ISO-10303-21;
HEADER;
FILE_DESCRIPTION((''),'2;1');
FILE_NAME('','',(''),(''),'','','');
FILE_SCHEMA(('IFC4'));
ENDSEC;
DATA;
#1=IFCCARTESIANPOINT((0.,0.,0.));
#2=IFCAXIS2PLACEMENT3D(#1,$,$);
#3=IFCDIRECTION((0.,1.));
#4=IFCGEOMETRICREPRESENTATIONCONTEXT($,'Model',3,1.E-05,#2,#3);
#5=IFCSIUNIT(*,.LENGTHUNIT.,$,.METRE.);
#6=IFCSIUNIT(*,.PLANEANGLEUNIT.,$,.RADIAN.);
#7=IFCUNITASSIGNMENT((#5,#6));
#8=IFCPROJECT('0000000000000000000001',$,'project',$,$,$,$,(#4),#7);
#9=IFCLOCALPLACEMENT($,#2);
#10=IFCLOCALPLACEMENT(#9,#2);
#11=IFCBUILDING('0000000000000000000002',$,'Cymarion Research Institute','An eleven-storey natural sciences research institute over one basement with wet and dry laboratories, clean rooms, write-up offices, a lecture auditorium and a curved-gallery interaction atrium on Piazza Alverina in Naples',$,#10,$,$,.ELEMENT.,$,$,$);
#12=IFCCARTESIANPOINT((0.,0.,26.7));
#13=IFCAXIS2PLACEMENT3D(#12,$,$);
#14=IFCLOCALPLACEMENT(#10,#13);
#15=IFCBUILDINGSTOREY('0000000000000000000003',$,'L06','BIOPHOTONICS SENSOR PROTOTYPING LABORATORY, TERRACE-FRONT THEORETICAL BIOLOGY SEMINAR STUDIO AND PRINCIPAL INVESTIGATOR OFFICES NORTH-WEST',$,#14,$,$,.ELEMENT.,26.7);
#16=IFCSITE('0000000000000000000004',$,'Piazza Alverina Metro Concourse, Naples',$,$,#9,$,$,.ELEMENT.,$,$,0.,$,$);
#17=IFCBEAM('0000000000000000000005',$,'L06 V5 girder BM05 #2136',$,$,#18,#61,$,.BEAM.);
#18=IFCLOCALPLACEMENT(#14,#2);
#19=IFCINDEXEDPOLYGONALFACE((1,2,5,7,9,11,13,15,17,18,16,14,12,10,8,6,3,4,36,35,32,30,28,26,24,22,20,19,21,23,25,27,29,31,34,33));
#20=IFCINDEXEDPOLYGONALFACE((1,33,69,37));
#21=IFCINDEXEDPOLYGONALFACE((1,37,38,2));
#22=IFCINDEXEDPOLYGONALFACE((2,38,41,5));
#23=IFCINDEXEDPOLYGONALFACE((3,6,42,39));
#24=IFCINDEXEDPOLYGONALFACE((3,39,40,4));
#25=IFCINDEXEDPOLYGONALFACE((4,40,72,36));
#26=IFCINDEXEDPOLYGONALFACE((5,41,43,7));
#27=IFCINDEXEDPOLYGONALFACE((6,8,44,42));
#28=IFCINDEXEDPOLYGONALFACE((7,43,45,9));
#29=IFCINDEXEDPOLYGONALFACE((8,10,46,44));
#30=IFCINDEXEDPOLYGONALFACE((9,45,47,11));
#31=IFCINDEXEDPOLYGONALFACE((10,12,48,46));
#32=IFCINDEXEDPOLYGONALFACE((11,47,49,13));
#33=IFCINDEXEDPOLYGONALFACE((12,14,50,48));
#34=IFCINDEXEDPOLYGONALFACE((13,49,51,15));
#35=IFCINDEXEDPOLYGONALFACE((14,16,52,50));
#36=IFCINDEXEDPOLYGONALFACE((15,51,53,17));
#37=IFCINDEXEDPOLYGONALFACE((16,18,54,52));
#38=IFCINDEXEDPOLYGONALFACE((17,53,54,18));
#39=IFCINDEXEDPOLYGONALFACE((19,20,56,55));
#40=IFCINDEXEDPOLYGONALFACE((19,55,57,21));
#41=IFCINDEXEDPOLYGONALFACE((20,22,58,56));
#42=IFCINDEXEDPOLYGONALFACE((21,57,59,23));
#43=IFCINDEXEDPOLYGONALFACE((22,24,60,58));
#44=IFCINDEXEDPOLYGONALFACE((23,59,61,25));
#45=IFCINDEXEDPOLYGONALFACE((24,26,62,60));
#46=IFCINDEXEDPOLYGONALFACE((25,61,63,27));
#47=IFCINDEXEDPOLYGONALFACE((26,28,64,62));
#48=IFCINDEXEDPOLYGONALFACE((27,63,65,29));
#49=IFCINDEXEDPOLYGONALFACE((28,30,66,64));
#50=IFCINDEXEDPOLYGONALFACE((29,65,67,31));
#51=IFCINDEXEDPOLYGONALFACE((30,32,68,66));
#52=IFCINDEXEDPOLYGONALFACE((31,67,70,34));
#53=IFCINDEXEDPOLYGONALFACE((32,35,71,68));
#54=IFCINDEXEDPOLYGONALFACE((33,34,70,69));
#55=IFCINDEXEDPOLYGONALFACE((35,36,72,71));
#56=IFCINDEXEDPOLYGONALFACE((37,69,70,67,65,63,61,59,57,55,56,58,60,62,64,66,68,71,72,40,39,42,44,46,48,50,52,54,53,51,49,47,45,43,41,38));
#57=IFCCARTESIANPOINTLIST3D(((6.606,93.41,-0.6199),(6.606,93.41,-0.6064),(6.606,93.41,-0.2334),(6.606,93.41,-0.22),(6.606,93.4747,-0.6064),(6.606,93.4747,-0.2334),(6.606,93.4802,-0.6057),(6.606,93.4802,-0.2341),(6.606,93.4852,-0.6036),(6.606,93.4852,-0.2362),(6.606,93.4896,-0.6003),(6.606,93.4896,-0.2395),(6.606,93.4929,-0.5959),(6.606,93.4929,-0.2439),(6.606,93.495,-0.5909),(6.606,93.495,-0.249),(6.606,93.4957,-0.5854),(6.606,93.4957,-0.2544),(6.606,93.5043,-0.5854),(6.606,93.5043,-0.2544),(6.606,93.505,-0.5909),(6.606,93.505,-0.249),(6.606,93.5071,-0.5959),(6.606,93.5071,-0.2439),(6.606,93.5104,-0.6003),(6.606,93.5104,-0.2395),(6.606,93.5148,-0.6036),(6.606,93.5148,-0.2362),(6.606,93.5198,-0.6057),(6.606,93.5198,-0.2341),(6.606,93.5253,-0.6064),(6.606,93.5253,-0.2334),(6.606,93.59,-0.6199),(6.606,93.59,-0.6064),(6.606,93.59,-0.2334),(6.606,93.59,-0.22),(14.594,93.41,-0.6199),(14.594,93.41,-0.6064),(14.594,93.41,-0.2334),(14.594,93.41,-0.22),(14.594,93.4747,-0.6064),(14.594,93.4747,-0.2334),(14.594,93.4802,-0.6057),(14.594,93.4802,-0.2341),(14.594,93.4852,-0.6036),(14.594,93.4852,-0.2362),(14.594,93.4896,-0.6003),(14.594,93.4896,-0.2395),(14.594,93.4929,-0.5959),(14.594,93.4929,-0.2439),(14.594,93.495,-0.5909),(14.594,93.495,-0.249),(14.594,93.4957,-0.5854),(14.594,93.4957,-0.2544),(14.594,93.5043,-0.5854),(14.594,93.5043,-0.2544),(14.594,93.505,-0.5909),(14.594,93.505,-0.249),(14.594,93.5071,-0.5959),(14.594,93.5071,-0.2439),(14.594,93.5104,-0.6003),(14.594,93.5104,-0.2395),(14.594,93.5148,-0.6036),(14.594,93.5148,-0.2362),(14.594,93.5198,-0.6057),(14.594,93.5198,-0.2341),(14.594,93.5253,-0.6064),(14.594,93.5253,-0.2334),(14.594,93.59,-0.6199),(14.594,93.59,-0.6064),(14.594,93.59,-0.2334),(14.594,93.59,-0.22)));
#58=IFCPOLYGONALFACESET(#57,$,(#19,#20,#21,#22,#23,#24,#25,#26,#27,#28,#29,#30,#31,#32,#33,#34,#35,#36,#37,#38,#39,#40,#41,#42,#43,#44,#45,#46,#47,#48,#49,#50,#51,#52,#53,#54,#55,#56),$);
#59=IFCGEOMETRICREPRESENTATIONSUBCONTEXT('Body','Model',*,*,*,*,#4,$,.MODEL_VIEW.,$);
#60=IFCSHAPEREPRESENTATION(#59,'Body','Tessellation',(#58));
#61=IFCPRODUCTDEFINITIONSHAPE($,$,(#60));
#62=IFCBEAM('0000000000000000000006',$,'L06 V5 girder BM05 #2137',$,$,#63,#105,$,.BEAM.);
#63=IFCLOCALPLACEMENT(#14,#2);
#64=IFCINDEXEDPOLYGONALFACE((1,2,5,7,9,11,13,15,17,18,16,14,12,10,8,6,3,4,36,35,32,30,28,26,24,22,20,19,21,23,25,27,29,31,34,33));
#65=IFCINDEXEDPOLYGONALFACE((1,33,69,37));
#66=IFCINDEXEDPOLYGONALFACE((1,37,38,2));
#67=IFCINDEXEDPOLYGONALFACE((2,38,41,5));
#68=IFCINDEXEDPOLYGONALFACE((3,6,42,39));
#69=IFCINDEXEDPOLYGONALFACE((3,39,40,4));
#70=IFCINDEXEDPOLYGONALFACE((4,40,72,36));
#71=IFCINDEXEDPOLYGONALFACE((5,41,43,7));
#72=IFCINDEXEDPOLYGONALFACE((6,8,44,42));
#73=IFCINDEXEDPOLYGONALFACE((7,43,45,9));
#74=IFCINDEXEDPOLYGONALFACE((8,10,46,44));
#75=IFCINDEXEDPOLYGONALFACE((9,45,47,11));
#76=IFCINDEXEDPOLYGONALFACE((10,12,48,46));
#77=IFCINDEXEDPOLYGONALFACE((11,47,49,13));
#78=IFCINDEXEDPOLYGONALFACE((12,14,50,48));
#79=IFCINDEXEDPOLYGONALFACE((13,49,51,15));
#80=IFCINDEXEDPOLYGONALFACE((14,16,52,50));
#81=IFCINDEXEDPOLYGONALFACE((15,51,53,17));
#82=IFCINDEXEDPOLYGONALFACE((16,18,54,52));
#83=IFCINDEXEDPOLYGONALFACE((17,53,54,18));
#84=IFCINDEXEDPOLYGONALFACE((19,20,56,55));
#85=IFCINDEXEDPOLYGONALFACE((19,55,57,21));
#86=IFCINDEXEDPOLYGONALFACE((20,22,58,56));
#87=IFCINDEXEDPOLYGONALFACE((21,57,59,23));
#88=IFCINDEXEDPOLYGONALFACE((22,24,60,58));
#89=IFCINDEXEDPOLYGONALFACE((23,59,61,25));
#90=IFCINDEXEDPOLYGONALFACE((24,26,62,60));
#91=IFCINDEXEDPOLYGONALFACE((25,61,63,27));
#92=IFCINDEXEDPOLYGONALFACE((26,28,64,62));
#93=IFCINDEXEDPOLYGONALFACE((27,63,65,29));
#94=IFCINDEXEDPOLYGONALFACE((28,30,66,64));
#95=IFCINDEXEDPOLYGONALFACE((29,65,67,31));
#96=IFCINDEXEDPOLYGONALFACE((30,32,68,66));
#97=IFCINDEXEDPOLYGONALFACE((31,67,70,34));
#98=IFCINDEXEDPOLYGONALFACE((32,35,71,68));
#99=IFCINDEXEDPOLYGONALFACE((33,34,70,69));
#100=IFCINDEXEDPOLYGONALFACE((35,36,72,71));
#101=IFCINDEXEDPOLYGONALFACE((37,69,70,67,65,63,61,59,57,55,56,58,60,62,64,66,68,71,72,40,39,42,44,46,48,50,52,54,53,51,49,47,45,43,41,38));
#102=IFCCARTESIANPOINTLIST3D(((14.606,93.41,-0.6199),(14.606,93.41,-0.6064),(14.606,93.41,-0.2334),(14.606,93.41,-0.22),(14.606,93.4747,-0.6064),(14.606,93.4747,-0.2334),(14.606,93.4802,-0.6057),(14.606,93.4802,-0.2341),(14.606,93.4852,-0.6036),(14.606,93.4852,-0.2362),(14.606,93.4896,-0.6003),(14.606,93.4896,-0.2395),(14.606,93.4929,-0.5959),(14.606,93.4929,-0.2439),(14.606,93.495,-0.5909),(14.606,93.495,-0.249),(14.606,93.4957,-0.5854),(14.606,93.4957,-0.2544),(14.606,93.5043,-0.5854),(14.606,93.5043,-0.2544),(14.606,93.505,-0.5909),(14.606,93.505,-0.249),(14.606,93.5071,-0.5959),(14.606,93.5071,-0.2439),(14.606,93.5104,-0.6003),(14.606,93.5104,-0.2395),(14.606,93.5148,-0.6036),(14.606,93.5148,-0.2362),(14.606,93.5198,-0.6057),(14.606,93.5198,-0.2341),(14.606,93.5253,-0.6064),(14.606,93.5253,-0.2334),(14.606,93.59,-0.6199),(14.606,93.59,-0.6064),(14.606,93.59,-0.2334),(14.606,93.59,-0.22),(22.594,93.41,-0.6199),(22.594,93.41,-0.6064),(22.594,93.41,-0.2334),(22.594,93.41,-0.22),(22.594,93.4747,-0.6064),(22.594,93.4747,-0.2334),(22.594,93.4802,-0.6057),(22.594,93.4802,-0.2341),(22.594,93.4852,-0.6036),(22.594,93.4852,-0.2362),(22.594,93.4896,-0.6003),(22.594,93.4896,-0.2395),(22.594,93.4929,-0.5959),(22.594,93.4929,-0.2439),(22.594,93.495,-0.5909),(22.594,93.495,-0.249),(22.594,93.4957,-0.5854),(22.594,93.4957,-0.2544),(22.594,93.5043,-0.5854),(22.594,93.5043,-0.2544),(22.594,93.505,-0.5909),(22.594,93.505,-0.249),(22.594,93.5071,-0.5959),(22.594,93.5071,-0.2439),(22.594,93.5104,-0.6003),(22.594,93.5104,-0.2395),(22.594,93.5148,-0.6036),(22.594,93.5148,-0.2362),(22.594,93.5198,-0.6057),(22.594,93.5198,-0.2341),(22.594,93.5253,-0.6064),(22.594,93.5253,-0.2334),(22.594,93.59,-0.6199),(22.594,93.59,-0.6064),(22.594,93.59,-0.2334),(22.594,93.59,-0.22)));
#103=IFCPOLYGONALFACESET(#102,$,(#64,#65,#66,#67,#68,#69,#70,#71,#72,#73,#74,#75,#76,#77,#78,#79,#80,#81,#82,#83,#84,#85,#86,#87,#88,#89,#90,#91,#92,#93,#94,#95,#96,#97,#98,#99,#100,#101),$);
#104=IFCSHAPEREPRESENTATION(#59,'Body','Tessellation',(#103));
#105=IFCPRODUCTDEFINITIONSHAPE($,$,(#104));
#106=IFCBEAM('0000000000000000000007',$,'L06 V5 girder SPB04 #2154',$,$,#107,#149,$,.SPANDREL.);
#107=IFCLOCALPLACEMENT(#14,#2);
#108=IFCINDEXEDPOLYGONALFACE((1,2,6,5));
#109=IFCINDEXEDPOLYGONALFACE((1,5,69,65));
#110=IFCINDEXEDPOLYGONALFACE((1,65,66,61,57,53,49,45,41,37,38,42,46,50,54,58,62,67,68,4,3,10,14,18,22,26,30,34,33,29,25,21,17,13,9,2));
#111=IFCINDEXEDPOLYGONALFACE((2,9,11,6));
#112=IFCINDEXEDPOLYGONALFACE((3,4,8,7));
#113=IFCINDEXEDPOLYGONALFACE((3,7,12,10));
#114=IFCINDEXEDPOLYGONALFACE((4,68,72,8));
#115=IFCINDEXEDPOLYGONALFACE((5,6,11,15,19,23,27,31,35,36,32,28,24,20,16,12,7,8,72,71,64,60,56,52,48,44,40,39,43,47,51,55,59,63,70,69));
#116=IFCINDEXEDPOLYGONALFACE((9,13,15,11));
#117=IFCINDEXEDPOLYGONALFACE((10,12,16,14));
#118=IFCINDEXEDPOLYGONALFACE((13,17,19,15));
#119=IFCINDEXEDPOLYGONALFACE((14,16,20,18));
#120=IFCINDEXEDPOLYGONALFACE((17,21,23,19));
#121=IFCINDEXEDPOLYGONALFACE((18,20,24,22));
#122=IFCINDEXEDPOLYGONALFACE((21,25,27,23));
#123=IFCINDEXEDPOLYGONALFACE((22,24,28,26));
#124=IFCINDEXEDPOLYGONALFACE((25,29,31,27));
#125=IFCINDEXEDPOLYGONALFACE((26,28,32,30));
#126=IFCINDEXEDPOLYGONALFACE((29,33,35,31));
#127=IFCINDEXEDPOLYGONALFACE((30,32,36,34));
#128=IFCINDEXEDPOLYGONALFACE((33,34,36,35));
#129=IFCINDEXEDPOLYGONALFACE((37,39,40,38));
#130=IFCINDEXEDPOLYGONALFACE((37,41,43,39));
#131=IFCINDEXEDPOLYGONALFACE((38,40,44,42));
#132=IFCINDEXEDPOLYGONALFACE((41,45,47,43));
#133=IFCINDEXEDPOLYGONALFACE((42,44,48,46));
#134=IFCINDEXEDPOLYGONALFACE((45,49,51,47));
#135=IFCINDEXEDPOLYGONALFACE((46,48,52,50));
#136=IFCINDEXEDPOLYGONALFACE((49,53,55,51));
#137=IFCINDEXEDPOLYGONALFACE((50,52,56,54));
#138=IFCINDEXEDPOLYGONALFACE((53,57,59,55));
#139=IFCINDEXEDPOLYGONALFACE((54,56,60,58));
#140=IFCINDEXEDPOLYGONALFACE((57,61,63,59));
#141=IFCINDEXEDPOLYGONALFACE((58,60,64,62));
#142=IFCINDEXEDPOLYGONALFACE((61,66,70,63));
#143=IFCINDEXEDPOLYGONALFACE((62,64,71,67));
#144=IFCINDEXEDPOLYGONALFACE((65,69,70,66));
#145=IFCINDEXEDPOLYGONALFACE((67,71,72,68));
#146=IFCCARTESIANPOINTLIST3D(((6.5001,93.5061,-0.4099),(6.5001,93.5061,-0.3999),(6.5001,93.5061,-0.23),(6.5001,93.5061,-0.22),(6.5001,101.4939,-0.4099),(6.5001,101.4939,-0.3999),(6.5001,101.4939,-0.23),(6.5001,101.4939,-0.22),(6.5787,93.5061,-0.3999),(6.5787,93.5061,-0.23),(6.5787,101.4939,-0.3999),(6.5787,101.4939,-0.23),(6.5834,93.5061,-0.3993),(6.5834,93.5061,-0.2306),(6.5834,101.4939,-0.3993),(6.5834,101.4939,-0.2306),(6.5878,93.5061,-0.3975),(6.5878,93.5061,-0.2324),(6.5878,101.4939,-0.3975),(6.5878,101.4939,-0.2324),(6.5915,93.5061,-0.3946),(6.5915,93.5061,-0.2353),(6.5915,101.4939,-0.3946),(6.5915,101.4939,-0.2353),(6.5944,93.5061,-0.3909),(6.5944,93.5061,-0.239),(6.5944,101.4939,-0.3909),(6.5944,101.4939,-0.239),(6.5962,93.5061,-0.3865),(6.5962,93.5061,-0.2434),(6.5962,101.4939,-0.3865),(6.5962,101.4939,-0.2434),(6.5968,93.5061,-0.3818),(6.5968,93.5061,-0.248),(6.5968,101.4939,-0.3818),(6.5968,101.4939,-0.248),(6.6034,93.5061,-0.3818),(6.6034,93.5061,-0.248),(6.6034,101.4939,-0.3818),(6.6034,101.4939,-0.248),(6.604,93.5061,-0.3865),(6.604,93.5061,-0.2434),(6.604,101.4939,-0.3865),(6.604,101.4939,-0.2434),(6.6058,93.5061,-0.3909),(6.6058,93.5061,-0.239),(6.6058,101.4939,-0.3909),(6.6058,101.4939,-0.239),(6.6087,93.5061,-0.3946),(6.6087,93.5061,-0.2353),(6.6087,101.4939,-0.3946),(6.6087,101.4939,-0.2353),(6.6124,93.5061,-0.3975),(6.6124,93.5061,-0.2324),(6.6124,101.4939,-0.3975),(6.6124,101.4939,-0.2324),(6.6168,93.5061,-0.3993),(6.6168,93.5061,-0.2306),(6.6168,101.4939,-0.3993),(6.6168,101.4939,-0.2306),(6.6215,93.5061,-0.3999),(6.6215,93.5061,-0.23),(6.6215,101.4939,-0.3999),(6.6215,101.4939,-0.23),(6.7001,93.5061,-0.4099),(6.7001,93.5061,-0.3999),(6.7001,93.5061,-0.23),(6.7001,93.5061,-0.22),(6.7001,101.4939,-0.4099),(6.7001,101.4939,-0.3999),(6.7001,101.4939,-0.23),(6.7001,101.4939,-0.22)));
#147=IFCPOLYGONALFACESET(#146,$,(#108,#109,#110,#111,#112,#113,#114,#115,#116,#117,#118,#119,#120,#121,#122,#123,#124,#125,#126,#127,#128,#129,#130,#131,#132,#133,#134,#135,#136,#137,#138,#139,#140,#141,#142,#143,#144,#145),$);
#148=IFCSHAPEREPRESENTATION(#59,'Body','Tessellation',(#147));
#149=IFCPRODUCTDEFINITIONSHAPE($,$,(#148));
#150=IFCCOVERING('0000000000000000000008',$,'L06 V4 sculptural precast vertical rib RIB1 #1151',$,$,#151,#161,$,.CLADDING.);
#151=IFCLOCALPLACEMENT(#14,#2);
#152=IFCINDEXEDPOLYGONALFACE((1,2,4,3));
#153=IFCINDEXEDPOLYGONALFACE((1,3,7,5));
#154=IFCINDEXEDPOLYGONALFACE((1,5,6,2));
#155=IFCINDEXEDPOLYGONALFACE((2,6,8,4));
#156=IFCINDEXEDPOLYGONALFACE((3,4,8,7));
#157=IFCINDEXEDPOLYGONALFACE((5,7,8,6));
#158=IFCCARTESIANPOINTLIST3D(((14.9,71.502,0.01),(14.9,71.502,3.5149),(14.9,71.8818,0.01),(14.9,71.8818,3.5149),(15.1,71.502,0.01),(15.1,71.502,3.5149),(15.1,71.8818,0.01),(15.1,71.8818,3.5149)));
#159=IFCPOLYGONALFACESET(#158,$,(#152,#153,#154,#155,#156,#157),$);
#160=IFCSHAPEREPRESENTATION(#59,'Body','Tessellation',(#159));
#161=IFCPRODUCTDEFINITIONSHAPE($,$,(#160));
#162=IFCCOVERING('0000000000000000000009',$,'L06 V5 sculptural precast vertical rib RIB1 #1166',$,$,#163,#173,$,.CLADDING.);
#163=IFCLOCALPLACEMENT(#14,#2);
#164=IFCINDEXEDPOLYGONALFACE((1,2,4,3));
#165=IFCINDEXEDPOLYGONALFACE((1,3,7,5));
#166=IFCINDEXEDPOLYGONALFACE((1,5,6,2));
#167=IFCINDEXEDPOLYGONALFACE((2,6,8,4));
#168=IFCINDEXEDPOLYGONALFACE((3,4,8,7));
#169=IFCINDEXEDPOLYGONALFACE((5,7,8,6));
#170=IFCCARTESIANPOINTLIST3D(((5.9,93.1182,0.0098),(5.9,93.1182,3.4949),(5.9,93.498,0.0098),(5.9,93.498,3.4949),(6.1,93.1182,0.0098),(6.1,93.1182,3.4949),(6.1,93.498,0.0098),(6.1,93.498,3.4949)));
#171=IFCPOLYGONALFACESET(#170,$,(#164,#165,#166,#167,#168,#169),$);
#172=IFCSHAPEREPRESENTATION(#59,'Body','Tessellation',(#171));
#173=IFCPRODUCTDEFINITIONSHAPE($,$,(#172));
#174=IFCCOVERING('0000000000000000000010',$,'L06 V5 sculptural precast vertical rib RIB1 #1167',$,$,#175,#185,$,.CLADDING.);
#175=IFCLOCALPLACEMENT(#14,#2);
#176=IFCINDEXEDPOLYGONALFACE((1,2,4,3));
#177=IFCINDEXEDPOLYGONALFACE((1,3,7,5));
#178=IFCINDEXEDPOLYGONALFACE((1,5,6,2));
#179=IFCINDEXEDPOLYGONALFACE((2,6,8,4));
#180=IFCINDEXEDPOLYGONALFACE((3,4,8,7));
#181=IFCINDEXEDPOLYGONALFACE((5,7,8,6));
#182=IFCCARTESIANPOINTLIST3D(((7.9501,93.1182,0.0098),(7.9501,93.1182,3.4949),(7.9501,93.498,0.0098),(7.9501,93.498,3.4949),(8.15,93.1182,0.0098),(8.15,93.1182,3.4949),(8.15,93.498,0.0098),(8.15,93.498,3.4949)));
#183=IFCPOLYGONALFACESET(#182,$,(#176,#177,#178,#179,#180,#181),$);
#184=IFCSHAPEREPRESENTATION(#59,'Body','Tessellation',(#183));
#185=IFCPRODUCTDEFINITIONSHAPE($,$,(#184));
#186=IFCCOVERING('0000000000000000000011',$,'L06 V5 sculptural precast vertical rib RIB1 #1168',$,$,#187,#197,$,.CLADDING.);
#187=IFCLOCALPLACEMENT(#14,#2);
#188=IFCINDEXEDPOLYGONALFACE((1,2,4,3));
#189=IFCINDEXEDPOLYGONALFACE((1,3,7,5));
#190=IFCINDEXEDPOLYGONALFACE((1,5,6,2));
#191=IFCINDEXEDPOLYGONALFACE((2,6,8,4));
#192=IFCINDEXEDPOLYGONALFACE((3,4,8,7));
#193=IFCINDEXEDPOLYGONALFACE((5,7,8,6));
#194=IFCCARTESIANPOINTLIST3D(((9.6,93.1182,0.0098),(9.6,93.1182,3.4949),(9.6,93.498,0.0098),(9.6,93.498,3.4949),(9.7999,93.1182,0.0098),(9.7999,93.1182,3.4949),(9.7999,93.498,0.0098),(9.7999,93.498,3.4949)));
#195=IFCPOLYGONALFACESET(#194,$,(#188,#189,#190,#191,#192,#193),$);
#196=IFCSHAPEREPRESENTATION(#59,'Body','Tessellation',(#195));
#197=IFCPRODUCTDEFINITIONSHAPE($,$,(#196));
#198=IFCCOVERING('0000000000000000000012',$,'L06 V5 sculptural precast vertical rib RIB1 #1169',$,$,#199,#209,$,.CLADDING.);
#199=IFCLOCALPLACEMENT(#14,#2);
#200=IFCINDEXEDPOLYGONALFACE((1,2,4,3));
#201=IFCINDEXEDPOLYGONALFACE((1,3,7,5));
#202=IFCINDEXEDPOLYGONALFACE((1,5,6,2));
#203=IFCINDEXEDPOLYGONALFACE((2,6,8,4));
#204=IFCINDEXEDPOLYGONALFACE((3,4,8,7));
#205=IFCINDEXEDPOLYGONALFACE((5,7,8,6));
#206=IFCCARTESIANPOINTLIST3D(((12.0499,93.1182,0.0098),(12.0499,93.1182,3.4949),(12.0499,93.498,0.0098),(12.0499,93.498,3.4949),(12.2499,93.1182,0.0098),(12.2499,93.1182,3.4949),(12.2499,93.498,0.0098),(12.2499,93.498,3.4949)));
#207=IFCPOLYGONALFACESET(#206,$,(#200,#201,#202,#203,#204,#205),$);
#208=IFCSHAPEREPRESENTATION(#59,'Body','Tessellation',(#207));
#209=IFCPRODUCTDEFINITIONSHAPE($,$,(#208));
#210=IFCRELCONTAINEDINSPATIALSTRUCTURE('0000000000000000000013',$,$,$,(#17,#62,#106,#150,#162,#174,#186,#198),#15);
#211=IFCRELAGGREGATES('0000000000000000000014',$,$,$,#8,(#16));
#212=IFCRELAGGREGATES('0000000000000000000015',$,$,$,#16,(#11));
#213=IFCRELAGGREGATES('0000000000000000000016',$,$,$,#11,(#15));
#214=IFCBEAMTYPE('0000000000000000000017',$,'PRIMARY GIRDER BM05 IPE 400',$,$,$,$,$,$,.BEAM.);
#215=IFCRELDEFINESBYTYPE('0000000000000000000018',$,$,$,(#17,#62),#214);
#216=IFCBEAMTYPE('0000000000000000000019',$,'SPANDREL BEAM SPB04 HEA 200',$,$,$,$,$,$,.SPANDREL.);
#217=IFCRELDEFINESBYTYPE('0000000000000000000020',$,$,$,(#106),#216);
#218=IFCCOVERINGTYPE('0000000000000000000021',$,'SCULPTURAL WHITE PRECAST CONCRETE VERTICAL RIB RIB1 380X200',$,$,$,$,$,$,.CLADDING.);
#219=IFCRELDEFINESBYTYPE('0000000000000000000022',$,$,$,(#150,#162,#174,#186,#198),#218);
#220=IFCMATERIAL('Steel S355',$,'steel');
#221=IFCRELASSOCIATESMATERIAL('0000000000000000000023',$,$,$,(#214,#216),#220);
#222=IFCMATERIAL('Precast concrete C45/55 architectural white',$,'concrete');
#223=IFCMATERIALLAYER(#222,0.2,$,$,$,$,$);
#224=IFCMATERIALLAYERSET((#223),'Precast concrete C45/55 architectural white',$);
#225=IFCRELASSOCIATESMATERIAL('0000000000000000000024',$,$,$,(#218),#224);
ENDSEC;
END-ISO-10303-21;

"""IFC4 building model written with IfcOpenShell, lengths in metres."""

from ifc_helpers import new_model, si_unit, direction, frame, origin, origin_2d, place, context, subcontext, project, spatial, rectangle, i_section, extrude, material, layer, layer_set, material_profile, profile_set, type_object, element, save


model = new_model("IFC4")

# Units and contexts
model_context = context("Model", 3, precision=1e-05, world=origin(), true_north=direction((0.0, 1.0)))
body_context = subcontext(model_context, "Body", "Model", "MODEL_VIEW")
ifc_project = project(units=[si_unit("LENGTHUNIT", "METRE"), si_unit("PLANEANGLEUNIT", "RADIAN")], contexts=[model_context])

# Site, building, storey
site_placement = place(None, origin())
site = spatial("IfcSite", under=ifc_project, at=site_placement, Name="Piazza Alverina Metro Concourse, Naples", CompositionType="ELEMENT", RefElevation=0.0)
building_placement = place(site_placement, origin())
building = spatial("IfcBuilding", under=site, at=building_placement, Name="Cymarion Research Institute", Description="An eleven-storey natural sciences research institute over one basement with wet and dry laboratories, clean rooms, write-up offices, a lecture auditorium and a curved-gallery interaction atrium on Piazza Alverina in Naples", CompositionType="ELEMENT")
storey_placement = place(building_placement, frame((0.0, 0.0, 26.7)))
storey = spatial("IfcBuildingStorey", under=building, at=storey_placement, Name="L06", Description="BIOPHOTONICS SENSOR PROTOTYPING LABORATORY, TERRACE-FRONT THEORETICAL BIOLOGY SEMINAR STUDIO AND PRINCIPAL INVESTIGATOR OFFICES NORTH-WEST", CompositionType="ELEMENT", Elevation=26.7)

# Shared definitions
ifc_material_1 = material(Name="Steel S355", Category="steel")

# Beams
ifc_material_profile_1 = material_profile(ifc_material_1, i_section(OverallWidth=0.1799, OverallDepth=0.3999, WebThickness=0.0085, FlangeThickness=0.0134, FilletRadius=0.021, at=origin_2d()), Name="IPE 400")
ifc_profile_set_1 = profile_set([ifc_material_profile_1], Name="Steel S355")
beam_type_1 = type_object("IfcBeamType", Name="PRIMARY GIRDER BM05 IPE 400", PredefinedType="BEAM", material=ifc_profile_set_1)
for number, where, z_axis, x_axis, name in (
    (1, (6.606, 93.5, -0.4199), (1.0, 0.0, 0.0), (0.0, 1.0, 0.0), "L06 V5 girder BM05 #2136"),
    (2, (14.606, 93.5, -0.4199), (1.0, 0.0, 0.0), (0.0, 1.0, 0.0), "L06 V5 girder BM05 #2137"),
):
    element("IfcBeam", number, at=place(storey_placement, frame(where, z_axis=z_axis, x_axis=x_axis)), inside=storey, type_object=beam_type_1, Name=name, PredefinedType="BEAM", context=body_context, shape_type="SweptSolid", body=[
        extrude(i_section(OverallWidth=0.1799, OverallDepth=0.3999, WebThickness=0.0085, FlangeThickness=0.0134, FilletRadius=0.021, at=origin_2d()), origin(), (0.0, 0.0, 1.0), 7.988),
    ])
ifc_material_profile_2 = material_profile(ifc_material_1, i_section(OverallWidth=0.2, OverallDepth=0.1899, WebThickness=0.0066, FlangeThickness=0.01, FilletRadius=0.0181, at=origin_2d()), Name="HEA 200")
ifc_profile_set_2 = profile_set([ifc_material_profile_2], Name="Steel S355")
beam_type_2 = type_object("IfcBeamType", Name="SPANDREL BEAM SPB04 HEA 200", PredefinedType="SPANDREL", material=ifc_profile_set_2)
beam_placement = place(storey_placement, frame((6.6001, 93.5061, -0.3149), z_axis=(0.0, 1.0, 0.0), x_axis=(-1.0, 0.0, 0.0)))
element("IfcBeam", 3, at=beam_placement, inside=storey, type_object=beam_type_2, Name="L06 V5 girder SPB04 #2154", PredefinedType="SPANDREL", context=body_context, shape_type="SweptSolid", body=[
    extrude(i_section(OverallWidth=0.2, OverallDepth=0.1899, WebThickness=0.0066, FlangeThickness=0.01, FilletRadius=0.0181, at=origin_2d()), origin(), (0.0, 0.0, 1.0), 7.9878),
])

# Coverings
ifc_material_2 = material(Name="Precast concrete C45/55 architectural white", Category="concrete")
ifc_layer = layer(ifc_material_2, 0.2)
ifc_layer_set = layer_set([ifc_layer], Name="Precast concrete C45/55 architectural white")
covering_type = type_object("IfcCoveringType", Name="SCULPTURAL WHITE PRECAST CONCRETE VERTICAL RIB RIB1 380X200", PredefinedType="CLADDING", material=ifc_layer_set)
covering_placement = place(storey_placement, frame((15.0, 71.6919, 0.01), z_axis=(0.0, 0.0, 1.0), x_axis=(0.0, 1.0, 0.0)))
element("IfcCovering", 4, at=covering_placement, inside=storey, type_object=covering_type, Name="L06 V4 sculptural precast vertical rib RIB1 #1151", PredefinedType="CLADDING", context=body_context, shape_type="SweptSolid", body=[
    extrude(rectangle(XDim=0.3799, YDim=0.2, at=origin_2d()), origin(), (0.0, 0.0, 1.0), 3.5049),
])
for number, where, z_axis, x_axis, name in (
    (5, (6.0, 93.3081, 0.0098), (0.0, 0.0, 1.0), (0.0, -1.0, 0.0), "L06 V5 sculptural precast vertical rib RIB1 #1166"),
    (6, (8.05, 93.3081, 0.0098), (0.0, 0.0, 1.0), (0.0, -1.0, 0.0), "L06 V5 sculptural precast vertical rib RIB1 #1167"),
    (7, (9.7, 93.3081, 0.0098), (0.0, 0.0, 1.0), (0.0, -1.0, 0.0), "L06 V5 sculptural precast vertical rib RIB1 #1168"),
    (8, (12.1499, 93.3081, 0.0098), (0.0, 0.0, 1.0), (0.0, -1.0, 0.0), "L06 V5 sculptural precast vertical rib RIB1 #1169"),
):
    element("IfcCovering", number, at=place(storey_placement, frame(where, z_axis=z_axis, x_axis=x_axis)), inside=storey, type_object=covering_type, Name=name, PredefinedType="CLADDING", context=body_context, shape_type="SweptSolid", body=[
        extrude(rectangle(XDim=0.3799, YDim=0.2, at=origin_2d()), origin(), (0.0, 0.0, 1.0), 3.4851),
    ])

save(model, "model.ifc")
